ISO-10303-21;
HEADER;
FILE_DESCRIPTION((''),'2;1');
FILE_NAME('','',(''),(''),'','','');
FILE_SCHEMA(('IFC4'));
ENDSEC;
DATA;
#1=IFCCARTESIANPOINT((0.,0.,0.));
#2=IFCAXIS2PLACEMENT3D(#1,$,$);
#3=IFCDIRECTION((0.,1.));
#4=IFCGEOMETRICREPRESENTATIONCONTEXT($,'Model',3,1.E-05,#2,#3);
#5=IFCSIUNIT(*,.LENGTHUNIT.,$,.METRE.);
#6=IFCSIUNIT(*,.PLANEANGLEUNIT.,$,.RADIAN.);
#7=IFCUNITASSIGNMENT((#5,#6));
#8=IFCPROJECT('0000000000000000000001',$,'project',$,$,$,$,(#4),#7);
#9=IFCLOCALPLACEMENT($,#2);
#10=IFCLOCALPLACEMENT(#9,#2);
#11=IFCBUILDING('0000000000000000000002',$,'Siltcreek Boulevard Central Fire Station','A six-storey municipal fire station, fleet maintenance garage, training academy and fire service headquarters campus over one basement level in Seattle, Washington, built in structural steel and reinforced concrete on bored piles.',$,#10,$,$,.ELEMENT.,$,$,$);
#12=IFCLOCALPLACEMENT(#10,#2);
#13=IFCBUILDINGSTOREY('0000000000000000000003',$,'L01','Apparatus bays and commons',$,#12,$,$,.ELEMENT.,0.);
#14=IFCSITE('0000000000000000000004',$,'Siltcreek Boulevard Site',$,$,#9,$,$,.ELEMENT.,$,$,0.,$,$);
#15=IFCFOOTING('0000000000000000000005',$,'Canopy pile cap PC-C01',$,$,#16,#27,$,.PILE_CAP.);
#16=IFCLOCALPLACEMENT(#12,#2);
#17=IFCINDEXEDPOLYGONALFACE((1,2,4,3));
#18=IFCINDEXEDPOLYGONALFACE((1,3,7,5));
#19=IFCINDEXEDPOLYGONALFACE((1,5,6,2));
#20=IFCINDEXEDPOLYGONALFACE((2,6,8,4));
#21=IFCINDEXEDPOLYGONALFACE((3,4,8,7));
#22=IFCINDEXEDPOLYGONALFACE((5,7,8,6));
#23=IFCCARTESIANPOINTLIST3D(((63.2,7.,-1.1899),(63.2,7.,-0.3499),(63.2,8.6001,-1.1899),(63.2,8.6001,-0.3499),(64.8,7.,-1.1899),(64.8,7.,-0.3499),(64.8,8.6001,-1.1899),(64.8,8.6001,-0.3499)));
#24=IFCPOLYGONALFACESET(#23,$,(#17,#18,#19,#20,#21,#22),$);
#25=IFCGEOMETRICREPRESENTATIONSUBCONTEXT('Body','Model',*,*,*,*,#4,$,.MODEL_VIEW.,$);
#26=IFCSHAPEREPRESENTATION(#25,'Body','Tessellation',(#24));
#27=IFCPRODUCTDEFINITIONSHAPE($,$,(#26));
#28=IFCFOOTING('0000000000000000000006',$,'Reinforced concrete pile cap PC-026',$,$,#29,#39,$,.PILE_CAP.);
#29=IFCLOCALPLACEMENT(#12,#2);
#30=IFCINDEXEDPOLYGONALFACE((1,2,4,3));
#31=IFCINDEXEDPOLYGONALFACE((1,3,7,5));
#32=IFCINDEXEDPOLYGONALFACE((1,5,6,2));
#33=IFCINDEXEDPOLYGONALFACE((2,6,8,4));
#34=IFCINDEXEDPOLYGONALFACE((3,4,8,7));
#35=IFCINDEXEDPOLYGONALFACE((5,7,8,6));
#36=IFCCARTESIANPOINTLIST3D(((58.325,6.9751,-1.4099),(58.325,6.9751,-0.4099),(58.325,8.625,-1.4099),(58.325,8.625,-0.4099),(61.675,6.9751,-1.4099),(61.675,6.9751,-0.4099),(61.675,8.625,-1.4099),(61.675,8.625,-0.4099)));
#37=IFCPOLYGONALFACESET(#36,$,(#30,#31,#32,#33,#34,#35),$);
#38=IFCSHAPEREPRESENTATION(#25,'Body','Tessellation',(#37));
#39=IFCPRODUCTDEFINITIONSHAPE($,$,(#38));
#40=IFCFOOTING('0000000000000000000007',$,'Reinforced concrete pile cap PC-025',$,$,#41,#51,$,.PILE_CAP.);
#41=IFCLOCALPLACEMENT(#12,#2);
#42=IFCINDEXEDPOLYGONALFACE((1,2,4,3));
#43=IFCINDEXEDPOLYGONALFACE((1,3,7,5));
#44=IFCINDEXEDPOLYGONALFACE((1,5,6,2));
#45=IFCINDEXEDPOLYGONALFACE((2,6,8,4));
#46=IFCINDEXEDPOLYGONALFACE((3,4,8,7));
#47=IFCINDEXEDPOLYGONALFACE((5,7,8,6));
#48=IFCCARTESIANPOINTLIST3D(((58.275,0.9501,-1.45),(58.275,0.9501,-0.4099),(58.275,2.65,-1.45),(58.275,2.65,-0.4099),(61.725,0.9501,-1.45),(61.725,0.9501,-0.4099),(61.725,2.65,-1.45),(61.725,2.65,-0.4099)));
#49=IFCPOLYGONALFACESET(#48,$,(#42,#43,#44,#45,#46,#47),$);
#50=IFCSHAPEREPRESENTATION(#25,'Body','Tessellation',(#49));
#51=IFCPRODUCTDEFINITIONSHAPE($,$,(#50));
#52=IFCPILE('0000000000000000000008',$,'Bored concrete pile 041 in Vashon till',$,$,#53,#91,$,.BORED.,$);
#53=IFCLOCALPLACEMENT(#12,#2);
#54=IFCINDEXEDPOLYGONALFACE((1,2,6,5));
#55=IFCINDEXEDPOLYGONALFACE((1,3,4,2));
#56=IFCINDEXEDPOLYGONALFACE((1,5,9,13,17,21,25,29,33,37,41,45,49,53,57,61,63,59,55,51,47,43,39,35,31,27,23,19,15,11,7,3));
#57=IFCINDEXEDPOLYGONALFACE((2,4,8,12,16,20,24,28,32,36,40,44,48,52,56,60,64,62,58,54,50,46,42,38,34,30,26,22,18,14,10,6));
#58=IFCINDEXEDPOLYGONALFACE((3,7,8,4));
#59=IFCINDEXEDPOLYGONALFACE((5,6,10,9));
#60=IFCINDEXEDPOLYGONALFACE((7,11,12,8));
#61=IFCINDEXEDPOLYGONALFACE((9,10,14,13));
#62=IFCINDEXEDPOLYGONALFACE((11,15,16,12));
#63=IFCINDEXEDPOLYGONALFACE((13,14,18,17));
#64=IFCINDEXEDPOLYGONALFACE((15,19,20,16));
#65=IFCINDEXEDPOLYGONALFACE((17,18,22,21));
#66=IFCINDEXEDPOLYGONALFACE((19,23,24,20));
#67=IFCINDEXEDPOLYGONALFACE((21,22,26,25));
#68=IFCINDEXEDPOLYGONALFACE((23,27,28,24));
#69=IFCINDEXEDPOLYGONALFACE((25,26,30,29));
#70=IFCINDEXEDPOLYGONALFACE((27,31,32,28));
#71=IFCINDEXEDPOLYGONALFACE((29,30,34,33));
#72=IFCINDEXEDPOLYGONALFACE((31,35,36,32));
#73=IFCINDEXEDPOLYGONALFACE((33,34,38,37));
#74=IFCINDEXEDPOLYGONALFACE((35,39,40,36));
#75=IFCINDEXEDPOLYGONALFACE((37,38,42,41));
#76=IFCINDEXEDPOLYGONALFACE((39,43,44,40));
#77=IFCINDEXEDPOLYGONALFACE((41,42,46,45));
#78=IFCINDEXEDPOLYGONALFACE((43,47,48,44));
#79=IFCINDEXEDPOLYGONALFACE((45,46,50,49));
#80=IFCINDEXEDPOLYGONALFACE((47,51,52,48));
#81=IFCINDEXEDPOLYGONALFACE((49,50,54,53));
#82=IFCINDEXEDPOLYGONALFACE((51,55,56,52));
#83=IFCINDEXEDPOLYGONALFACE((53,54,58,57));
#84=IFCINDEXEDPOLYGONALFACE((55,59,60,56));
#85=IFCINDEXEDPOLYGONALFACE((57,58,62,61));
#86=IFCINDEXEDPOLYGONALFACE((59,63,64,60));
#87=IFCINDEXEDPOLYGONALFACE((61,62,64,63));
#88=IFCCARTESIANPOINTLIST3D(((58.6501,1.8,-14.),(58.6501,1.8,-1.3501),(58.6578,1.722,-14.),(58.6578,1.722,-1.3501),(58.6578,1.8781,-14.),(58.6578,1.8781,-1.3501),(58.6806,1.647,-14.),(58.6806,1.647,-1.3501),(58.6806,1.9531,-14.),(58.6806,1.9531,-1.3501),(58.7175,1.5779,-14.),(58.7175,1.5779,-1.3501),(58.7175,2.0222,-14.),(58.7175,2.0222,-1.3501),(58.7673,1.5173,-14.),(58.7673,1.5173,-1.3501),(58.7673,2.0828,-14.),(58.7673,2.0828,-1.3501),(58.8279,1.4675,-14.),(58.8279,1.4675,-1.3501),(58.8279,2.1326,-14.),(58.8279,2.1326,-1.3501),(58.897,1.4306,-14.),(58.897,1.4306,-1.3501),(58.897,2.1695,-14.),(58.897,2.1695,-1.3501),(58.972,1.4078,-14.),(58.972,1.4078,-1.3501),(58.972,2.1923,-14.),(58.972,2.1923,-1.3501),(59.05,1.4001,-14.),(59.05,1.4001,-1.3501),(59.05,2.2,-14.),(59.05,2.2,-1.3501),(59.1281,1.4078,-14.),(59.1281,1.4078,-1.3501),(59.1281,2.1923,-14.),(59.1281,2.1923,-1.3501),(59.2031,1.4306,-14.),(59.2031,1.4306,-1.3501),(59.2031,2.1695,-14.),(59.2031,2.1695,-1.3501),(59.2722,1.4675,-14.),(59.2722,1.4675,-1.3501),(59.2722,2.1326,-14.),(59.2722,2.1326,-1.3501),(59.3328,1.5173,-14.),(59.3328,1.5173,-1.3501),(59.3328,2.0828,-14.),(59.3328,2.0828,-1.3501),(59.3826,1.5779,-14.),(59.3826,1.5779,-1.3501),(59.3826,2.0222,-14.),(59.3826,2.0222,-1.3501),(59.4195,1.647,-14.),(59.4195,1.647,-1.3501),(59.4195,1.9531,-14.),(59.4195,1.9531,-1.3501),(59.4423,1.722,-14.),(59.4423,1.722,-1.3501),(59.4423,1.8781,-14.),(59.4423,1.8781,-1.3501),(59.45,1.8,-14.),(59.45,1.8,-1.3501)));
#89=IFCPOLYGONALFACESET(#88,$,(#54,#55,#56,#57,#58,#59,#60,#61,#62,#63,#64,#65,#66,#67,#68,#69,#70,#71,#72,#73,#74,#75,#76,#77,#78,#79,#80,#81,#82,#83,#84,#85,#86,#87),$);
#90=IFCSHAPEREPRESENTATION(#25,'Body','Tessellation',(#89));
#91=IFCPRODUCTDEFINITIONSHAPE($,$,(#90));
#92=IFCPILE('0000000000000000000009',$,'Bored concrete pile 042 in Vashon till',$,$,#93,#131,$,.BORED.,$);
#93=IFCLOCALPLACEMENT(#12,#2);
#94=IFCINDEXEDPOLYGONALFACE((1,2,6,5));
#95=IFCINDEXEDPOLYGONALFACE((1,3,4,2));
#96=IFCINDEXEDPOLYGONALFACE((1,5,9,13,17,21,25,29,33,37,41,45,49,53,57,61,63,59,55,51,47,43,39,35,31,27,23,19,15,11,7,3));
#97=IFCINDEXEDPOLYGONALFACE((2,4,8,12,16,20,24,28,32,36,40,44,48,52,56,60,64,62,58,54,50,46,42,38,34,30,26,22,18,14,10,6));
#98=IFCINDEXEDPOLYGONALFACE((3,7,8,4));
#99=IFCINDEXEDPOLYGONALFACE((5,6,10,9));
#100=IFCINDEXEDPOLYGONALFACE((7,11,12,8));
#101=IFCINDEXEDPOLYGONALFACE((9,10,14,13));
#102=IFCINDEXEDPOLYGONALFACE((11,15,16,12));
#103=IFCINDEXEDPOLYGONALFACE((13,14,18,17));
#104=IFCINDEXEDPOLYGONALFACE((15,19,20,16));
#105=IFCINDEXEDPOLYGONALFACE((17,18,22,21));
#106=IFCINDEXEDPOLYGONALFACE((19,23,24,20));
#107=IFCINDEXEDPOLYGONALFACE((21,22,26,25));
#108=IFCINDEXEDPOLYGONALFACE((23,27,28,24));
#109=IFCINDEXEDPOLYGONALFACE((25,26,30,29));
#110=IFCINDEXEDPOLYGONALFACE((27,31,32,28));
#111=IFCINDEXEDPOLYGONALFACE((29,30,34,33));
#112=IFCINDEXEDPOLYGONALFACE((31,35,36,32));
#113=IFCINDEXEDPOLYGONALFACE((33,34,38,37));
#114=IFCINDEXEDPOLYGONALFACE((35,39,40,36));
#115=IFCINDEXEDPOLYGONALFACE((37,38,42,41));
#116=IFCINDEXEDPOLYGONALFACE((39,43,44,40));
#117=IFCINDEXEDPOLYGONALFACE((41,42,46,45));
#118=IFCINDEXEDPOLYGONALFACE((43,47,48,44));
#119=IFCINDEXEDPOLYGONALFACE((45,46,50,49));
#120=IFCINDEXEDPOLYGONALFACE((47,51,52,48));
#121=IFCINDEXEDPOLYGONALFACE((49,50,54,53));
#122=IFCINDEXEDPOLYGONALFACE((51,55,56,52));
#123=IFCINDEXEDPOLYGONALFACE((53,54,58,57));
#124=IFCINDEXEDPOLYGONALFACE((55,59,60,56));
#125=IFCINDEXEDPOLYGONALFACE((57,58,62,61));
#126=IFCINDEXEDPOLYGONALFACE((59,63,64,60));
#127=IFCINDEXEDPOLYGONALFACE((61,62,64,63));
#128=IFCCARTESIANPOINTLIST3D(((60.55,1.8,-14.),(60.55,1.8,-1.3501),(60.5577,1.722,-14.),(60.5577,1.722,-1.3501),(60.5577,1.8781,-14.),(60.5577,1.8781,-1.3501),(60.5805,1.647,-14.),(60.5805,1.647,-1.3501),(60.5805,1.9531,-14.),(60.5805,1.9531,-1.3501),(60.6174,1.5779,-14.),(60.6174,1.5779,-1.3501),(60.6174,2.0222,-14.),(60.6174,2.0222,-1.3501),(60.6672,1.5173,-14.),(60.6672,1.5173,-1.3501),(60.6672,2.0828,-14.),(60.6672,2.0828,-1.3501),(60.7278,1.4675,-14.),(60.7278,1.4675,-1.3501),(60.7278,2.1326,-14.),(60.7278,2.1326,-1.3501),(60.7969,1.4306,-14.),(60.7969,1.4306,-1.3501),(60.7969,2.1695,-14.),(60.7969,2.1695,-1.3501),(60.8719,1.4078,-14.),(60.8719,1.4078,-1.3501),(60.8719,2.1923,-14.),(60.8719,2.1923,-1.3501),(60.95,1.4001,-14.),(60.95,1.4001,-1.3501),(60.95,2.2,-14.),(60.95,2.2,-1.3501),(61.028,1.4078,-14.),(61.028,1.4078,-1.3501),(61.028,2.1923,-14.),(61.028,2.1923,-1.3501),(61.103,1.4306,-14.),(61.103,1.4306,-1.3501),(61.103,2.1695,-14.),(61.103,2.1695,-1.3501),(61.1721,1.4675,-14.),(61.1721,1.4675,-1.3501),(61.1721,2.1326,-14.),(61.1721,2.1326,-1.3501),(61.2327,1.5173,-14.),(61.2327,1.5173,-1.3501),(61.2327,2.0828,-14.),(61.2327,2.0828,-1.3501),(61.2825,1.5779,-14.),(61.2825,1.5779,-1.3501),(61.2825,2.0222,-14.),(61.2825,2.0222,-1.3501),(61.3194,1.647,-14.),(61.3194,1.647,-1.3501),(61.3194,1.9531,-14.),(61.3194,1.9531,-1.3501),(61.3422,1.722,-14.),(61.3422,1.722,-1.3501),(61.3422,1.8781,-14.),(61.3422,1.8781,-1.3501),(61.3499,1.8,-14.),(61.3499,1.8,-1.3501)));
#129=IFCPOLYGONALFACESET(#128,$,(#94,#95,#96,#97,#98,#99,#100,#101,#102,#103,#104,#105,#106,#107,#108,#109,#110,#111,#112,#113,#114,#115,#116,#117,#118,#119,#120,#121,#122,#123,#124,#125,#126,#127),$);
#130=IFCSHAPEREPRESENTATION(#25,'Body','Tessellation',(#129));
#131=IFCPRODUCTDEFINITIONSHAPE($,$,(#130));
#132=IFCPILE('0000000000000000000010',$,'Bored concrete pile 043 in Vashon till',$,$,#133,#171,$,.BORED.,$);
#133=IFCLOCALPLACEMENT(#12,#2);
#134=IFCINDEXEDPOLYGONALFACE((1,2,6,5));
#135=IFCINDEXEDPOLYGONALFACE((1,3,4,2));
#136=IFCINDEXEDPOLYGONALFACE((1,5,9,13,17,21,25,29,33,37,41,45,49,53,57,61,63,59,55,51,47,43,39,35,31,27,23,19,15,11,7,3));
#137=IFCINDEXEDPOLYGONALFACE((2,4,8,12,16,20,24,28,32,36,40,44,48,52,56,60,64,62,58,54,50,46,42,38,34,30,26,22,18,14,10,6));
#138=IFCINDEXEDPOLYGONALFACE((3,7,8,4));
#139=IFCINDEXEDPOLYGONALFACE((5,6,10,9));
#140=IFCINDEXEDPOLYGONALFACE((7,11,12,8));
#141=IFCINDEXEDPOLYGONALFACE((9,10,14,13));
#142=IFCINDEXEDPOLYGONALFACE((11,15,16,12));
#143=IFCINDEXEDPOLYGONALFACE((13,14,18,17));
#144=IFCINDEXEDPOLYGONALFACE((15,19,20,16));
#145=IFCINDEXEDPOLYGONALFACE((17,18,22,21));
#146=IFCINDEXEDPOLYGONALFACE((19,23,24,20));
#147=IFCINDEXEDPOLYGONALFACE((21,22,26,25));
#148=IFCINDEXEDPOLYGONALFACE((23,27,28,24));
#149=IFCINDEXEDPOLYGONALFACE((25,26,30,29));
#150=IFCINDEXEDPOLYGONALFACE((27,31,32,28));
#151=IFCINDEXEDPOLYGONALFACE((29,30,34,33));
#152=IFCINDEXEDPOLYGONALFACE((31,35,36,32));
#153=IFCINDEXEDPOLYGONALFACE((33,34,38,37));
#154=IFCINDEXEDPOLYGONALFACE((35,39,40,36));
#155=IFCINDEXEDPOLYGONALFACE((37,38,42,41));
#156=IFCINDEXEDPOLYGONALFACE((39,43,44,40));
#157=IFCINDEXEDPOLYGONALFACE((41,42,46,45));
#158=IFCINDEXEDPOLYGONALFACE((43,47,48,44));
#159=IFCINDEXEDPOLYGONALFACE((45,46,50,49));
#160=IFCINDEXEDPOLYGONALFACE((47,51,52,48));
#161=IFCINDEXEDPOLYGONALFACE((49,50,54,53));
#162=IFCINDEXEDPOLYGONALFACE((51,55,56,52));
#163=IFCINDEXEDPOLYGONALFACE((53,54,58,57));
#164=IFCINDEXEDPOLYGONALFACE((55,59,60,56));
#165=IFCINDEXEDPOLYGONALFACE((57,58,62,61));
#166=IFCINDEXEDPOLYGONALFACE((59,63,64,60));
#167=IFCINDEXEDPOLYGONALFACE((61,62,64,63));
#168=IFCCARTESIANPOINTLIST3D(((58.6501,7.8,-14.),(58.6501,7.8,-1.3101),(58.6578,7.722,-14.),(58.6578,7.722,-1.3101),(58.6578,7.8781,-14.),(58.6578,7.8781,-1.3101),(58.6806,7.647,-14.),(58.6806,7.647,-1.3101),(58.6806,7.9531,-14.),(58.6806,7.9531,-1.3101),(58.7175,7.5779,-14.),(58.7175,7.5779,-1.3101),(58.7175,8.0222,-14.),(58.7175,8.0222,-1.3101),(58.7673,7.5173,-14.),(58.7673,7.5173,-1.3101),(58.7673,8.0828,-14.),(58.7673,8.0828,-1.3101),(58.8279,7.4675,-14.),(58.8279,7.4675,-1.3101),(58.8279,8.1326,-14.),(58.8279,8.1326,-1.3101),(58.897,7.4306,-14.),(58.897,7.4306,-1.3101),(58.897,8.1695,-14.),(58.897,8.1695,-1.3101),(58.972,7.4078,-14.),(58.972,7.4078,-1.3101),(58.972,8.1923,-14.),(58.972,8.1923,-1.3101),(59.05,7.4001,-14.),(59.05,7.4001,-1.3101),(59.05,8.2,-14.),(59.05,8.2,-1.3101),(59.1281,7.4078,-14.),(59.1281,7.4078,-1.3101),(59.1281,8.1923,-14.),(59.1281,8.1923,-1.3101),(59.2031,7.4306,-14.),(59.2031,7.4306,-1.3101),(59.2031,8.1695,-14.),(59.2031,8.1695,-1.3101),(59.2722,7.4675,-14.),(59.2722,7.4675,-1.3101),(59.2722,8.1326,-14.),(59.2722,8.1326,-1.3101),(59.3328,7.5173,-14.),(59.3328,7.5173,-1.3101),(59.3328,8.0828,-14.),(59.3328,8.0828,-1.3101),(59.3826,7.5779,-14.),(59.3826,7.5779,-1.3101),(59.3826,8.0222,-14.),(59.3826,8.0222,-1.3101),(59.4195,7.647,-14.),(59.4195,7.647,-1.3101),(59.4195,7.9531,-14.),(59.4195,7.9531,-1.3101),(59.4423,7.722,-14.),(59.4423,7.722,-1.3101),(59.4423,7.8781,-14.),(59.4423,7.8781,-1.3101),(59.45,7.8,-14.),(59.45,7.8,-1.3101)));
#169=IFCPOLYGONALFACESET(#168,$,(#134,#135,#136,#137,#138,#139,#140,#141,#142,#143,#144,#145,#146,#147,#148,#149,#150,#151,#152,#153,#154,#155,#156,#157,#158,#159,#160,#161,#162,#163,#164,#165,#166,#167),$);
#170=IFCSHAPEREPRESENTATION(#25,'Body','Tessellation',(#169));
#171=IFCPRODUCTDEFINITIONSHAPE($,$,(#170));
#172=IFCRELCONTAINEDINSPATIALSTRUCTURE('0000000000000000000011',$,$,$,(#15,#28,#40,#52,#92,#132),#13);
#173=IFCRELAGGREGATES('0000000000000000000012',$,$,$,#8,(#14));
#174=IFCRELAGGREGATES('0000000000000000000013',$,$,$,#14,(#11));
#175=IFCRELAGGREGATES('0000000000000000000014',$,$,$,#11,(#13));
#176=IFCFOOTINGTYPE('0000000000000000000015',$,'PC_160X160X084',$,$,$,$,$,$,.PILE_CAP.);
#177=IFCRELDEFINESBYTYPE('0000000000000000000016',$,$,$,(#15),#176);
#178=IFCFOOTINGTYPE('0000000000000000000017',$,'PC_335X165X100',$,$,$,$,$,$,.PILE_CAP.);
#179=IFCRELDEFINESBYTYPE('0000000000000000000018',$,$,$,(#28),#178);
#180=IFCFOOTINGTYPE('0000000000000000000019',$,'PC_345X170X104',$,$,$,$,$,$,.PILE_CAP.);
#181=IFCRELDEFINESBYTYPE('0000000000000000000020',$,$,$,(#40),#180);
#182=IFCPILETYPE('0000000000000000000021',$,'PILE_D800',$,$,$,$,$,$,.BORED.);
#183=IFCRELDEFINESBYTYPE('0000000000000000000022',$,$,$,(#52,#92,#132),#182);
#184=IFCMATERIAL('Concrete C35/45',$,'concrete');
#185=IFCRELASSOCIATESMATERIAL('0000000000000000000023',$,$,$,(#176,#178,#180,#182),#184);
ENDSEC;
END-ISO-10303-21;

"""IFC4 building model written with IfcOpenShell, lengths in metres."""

from ifc_helpers import new_model, si_unit, direction, frame, origin, origin_2d, place, context, subcontext, project, spatial, rectangle, circle, extrude, material, material_profile, profile_set, type_object, element, save


model = new_model("IFC4")

# Units and contexts
model_context = context("Model", 3, precision=1e-05, world=origin(), true_north=direction((0.0, 1.0)))
body_context = subcontext(model_context, "Body", "Model", "MODEL_VIEW")
ifc_project = project(units=[si_unit("LENGTHUNIT", "METRE"), si_unit("PLANEANGLEUNIT", "RADIAN")], contexts=[model_context])

# Site, building, storey
site_placement = place(None, origin())
site = spatial("IfcSite", under=ifc_project, at=site_placement, Name="Siltcreek Boulevard Site", CompositionType="ELEMENT", RefElevation=0.0)
building_placement = place(site_placement, origin())
building = spatial("IfcBuilding", under=site, at=building_placement, Name="Siltcreek Boulevard Central Fire Station", Description="A six-storey municipal fire station, fleet maintenance garage, training academy and fire service headquarters campus over one basement level in Seattle, Washington, built in structural steel and reinforced concrete on bored piles.", CompositionType="ELEMENT")
storey_placement = place(building_placement, origin())
storey = spatial("IfcBuildingStorey", under=building, at=storey_placement, Name="L01", Description="Apparatus bays and commons", CompositionType="ELEMENT", Elevation=0.0)

# Footings
ifc_material_1 = material(Name="Concrete C35/45", Category="concrete")
footing_type_1 = type_object("IfcFootingType", Name="PC_160X160X084", PredefinedType="PILE_CAP", material=ifc_material_1)
footing_1_placement = place(storey_placement, frame((64.0, 7.8, -1.1899), z_axis=(0.0, 0.0, 1.0), x_axis=(1.0, 0.0, 0.0)))
element("IfcFooting", 1, at=footing_1_placement, inside=storey, type_object=footing_type_1, Name="Canopy pile cap PC-C01", PredefinedType="PILE_CAP", context=body_context, shape_type="SweptSolid", body=[
    extrude(rectangle(XDim=1.6001, YDim=1.6001, at=origin_2d()), origin(), (0.0, 0.0, 1.0), 0.8401),
])
footing_type_2 = type_object("IfcFootingType", Name="PC_335X165X100", PredefinedType="PILE_CAP", material=ifc_material_1)
footing_2_placement = place(storey_placement, frame((60.0, 7.8, -1.4099), z_axis=(0.0, 0.0, 1.0), x_axis=(1.0, 0.0, 0.0)))
element("IfcFooting", 2, at=footing_2_placement, inside=storey, type_object=footing_type_2, Name="Reinforced concrete pile cap PC-026", PredefinedType="PILE_CAP", context=body_context, shape_type="SweptSolid", body=[
    extrude(rectangle(XDim=3.3501, YDim=1.6499, at=origin_2d()), origin(), (0.0, 0.0, 1.0), 1.0),
])
footing_type_3 = type_object("IfcFootingType", Name="PC_345X170X104", PredefinedType="PILE_CAP", material=ifc_material_1)
footing_3_placement = place(storey_placement, frame((60.0, 1.8, -1.45), z_axis=(0.0, 0.0, 1.0), x_axis=(1.0, 0.0, 0.0)))
element("IfcFooting", 3, at=footing_3_placement, inside=storey, type_object=footing_type_3, Name="Reinforced concrete pile cap PC-025", PredefinedType="PILE_CAP", context=body_context, shape_type="SweptSolid", body=[
    extrude(rectangle(XDim=3.45, YDim=1.7, at=origin_2d()), origin(), (0.0, 0.0, 1.0), 1.04),
])

# Piles
ifc_material_profile_1 = material_profile(ifc_material_1, circle(Radius=0.3999, at=origin_2d()), Name="SHAFT800")
ifc_profile_set_1 = profile_set([ifc_material_profile_1], Name="Concrete C35/45")
pile_type = type_object("IfcPileType", Name="PILE_D800", PredefinedType="BORED", material=ifc_profile_set_1)
for number, where, z_axis, x_axis, name in (
    (4, (59.05, 1.8, -1.3501), (0.0, 0.0, -1.0), (1.0, 0.0, 0.0), "Bored concrete pile 041 in Vashon till"),
    (5, (60.95, 1.8, -1.3501), (0.0, 0.0, -1.0), (1.0, 0.0, 0.0), "Bored concrete pile 042 in Vashon till"),
):
    element("IfcPile", number, at=place(storey_placement, frame(where, z_axis=z_axis, x_axis=x_axis)), inside=storey, type_object=pile_type, Name=name, PredefinedType="BORED", context=body_context, shape_type="SweptSolid", body=[
        extrude(circle(Radius=0.3999, at=origin_2d()), origin(), (0.0, 0.0, 1.0), 12.6499),
    ])
for number, where, z_axis, x_axis, name in (
    (6, (59.05, 7.8, -1.3101), (0.0, 0.0, -1.0), (1.0, 0.0, 0.0), "Bored concrete pile 043 in Vashon till"),
):
    element("IfcPile", number, at=place(storey_placement, frame(where, z_axis=z_axis, x_axis=x_axis)), inside=storey, type_object=pile_type, Name=name, PredefinedType="BORED", context=body_context, shape_type="SweptSolid", body=[
        extrude(circle(Radius=0.3999, at=origin_2d()), origin(), (0.0, 0.0, 1.0), 12.6899),
    ])

save(model, "model.ifc")
